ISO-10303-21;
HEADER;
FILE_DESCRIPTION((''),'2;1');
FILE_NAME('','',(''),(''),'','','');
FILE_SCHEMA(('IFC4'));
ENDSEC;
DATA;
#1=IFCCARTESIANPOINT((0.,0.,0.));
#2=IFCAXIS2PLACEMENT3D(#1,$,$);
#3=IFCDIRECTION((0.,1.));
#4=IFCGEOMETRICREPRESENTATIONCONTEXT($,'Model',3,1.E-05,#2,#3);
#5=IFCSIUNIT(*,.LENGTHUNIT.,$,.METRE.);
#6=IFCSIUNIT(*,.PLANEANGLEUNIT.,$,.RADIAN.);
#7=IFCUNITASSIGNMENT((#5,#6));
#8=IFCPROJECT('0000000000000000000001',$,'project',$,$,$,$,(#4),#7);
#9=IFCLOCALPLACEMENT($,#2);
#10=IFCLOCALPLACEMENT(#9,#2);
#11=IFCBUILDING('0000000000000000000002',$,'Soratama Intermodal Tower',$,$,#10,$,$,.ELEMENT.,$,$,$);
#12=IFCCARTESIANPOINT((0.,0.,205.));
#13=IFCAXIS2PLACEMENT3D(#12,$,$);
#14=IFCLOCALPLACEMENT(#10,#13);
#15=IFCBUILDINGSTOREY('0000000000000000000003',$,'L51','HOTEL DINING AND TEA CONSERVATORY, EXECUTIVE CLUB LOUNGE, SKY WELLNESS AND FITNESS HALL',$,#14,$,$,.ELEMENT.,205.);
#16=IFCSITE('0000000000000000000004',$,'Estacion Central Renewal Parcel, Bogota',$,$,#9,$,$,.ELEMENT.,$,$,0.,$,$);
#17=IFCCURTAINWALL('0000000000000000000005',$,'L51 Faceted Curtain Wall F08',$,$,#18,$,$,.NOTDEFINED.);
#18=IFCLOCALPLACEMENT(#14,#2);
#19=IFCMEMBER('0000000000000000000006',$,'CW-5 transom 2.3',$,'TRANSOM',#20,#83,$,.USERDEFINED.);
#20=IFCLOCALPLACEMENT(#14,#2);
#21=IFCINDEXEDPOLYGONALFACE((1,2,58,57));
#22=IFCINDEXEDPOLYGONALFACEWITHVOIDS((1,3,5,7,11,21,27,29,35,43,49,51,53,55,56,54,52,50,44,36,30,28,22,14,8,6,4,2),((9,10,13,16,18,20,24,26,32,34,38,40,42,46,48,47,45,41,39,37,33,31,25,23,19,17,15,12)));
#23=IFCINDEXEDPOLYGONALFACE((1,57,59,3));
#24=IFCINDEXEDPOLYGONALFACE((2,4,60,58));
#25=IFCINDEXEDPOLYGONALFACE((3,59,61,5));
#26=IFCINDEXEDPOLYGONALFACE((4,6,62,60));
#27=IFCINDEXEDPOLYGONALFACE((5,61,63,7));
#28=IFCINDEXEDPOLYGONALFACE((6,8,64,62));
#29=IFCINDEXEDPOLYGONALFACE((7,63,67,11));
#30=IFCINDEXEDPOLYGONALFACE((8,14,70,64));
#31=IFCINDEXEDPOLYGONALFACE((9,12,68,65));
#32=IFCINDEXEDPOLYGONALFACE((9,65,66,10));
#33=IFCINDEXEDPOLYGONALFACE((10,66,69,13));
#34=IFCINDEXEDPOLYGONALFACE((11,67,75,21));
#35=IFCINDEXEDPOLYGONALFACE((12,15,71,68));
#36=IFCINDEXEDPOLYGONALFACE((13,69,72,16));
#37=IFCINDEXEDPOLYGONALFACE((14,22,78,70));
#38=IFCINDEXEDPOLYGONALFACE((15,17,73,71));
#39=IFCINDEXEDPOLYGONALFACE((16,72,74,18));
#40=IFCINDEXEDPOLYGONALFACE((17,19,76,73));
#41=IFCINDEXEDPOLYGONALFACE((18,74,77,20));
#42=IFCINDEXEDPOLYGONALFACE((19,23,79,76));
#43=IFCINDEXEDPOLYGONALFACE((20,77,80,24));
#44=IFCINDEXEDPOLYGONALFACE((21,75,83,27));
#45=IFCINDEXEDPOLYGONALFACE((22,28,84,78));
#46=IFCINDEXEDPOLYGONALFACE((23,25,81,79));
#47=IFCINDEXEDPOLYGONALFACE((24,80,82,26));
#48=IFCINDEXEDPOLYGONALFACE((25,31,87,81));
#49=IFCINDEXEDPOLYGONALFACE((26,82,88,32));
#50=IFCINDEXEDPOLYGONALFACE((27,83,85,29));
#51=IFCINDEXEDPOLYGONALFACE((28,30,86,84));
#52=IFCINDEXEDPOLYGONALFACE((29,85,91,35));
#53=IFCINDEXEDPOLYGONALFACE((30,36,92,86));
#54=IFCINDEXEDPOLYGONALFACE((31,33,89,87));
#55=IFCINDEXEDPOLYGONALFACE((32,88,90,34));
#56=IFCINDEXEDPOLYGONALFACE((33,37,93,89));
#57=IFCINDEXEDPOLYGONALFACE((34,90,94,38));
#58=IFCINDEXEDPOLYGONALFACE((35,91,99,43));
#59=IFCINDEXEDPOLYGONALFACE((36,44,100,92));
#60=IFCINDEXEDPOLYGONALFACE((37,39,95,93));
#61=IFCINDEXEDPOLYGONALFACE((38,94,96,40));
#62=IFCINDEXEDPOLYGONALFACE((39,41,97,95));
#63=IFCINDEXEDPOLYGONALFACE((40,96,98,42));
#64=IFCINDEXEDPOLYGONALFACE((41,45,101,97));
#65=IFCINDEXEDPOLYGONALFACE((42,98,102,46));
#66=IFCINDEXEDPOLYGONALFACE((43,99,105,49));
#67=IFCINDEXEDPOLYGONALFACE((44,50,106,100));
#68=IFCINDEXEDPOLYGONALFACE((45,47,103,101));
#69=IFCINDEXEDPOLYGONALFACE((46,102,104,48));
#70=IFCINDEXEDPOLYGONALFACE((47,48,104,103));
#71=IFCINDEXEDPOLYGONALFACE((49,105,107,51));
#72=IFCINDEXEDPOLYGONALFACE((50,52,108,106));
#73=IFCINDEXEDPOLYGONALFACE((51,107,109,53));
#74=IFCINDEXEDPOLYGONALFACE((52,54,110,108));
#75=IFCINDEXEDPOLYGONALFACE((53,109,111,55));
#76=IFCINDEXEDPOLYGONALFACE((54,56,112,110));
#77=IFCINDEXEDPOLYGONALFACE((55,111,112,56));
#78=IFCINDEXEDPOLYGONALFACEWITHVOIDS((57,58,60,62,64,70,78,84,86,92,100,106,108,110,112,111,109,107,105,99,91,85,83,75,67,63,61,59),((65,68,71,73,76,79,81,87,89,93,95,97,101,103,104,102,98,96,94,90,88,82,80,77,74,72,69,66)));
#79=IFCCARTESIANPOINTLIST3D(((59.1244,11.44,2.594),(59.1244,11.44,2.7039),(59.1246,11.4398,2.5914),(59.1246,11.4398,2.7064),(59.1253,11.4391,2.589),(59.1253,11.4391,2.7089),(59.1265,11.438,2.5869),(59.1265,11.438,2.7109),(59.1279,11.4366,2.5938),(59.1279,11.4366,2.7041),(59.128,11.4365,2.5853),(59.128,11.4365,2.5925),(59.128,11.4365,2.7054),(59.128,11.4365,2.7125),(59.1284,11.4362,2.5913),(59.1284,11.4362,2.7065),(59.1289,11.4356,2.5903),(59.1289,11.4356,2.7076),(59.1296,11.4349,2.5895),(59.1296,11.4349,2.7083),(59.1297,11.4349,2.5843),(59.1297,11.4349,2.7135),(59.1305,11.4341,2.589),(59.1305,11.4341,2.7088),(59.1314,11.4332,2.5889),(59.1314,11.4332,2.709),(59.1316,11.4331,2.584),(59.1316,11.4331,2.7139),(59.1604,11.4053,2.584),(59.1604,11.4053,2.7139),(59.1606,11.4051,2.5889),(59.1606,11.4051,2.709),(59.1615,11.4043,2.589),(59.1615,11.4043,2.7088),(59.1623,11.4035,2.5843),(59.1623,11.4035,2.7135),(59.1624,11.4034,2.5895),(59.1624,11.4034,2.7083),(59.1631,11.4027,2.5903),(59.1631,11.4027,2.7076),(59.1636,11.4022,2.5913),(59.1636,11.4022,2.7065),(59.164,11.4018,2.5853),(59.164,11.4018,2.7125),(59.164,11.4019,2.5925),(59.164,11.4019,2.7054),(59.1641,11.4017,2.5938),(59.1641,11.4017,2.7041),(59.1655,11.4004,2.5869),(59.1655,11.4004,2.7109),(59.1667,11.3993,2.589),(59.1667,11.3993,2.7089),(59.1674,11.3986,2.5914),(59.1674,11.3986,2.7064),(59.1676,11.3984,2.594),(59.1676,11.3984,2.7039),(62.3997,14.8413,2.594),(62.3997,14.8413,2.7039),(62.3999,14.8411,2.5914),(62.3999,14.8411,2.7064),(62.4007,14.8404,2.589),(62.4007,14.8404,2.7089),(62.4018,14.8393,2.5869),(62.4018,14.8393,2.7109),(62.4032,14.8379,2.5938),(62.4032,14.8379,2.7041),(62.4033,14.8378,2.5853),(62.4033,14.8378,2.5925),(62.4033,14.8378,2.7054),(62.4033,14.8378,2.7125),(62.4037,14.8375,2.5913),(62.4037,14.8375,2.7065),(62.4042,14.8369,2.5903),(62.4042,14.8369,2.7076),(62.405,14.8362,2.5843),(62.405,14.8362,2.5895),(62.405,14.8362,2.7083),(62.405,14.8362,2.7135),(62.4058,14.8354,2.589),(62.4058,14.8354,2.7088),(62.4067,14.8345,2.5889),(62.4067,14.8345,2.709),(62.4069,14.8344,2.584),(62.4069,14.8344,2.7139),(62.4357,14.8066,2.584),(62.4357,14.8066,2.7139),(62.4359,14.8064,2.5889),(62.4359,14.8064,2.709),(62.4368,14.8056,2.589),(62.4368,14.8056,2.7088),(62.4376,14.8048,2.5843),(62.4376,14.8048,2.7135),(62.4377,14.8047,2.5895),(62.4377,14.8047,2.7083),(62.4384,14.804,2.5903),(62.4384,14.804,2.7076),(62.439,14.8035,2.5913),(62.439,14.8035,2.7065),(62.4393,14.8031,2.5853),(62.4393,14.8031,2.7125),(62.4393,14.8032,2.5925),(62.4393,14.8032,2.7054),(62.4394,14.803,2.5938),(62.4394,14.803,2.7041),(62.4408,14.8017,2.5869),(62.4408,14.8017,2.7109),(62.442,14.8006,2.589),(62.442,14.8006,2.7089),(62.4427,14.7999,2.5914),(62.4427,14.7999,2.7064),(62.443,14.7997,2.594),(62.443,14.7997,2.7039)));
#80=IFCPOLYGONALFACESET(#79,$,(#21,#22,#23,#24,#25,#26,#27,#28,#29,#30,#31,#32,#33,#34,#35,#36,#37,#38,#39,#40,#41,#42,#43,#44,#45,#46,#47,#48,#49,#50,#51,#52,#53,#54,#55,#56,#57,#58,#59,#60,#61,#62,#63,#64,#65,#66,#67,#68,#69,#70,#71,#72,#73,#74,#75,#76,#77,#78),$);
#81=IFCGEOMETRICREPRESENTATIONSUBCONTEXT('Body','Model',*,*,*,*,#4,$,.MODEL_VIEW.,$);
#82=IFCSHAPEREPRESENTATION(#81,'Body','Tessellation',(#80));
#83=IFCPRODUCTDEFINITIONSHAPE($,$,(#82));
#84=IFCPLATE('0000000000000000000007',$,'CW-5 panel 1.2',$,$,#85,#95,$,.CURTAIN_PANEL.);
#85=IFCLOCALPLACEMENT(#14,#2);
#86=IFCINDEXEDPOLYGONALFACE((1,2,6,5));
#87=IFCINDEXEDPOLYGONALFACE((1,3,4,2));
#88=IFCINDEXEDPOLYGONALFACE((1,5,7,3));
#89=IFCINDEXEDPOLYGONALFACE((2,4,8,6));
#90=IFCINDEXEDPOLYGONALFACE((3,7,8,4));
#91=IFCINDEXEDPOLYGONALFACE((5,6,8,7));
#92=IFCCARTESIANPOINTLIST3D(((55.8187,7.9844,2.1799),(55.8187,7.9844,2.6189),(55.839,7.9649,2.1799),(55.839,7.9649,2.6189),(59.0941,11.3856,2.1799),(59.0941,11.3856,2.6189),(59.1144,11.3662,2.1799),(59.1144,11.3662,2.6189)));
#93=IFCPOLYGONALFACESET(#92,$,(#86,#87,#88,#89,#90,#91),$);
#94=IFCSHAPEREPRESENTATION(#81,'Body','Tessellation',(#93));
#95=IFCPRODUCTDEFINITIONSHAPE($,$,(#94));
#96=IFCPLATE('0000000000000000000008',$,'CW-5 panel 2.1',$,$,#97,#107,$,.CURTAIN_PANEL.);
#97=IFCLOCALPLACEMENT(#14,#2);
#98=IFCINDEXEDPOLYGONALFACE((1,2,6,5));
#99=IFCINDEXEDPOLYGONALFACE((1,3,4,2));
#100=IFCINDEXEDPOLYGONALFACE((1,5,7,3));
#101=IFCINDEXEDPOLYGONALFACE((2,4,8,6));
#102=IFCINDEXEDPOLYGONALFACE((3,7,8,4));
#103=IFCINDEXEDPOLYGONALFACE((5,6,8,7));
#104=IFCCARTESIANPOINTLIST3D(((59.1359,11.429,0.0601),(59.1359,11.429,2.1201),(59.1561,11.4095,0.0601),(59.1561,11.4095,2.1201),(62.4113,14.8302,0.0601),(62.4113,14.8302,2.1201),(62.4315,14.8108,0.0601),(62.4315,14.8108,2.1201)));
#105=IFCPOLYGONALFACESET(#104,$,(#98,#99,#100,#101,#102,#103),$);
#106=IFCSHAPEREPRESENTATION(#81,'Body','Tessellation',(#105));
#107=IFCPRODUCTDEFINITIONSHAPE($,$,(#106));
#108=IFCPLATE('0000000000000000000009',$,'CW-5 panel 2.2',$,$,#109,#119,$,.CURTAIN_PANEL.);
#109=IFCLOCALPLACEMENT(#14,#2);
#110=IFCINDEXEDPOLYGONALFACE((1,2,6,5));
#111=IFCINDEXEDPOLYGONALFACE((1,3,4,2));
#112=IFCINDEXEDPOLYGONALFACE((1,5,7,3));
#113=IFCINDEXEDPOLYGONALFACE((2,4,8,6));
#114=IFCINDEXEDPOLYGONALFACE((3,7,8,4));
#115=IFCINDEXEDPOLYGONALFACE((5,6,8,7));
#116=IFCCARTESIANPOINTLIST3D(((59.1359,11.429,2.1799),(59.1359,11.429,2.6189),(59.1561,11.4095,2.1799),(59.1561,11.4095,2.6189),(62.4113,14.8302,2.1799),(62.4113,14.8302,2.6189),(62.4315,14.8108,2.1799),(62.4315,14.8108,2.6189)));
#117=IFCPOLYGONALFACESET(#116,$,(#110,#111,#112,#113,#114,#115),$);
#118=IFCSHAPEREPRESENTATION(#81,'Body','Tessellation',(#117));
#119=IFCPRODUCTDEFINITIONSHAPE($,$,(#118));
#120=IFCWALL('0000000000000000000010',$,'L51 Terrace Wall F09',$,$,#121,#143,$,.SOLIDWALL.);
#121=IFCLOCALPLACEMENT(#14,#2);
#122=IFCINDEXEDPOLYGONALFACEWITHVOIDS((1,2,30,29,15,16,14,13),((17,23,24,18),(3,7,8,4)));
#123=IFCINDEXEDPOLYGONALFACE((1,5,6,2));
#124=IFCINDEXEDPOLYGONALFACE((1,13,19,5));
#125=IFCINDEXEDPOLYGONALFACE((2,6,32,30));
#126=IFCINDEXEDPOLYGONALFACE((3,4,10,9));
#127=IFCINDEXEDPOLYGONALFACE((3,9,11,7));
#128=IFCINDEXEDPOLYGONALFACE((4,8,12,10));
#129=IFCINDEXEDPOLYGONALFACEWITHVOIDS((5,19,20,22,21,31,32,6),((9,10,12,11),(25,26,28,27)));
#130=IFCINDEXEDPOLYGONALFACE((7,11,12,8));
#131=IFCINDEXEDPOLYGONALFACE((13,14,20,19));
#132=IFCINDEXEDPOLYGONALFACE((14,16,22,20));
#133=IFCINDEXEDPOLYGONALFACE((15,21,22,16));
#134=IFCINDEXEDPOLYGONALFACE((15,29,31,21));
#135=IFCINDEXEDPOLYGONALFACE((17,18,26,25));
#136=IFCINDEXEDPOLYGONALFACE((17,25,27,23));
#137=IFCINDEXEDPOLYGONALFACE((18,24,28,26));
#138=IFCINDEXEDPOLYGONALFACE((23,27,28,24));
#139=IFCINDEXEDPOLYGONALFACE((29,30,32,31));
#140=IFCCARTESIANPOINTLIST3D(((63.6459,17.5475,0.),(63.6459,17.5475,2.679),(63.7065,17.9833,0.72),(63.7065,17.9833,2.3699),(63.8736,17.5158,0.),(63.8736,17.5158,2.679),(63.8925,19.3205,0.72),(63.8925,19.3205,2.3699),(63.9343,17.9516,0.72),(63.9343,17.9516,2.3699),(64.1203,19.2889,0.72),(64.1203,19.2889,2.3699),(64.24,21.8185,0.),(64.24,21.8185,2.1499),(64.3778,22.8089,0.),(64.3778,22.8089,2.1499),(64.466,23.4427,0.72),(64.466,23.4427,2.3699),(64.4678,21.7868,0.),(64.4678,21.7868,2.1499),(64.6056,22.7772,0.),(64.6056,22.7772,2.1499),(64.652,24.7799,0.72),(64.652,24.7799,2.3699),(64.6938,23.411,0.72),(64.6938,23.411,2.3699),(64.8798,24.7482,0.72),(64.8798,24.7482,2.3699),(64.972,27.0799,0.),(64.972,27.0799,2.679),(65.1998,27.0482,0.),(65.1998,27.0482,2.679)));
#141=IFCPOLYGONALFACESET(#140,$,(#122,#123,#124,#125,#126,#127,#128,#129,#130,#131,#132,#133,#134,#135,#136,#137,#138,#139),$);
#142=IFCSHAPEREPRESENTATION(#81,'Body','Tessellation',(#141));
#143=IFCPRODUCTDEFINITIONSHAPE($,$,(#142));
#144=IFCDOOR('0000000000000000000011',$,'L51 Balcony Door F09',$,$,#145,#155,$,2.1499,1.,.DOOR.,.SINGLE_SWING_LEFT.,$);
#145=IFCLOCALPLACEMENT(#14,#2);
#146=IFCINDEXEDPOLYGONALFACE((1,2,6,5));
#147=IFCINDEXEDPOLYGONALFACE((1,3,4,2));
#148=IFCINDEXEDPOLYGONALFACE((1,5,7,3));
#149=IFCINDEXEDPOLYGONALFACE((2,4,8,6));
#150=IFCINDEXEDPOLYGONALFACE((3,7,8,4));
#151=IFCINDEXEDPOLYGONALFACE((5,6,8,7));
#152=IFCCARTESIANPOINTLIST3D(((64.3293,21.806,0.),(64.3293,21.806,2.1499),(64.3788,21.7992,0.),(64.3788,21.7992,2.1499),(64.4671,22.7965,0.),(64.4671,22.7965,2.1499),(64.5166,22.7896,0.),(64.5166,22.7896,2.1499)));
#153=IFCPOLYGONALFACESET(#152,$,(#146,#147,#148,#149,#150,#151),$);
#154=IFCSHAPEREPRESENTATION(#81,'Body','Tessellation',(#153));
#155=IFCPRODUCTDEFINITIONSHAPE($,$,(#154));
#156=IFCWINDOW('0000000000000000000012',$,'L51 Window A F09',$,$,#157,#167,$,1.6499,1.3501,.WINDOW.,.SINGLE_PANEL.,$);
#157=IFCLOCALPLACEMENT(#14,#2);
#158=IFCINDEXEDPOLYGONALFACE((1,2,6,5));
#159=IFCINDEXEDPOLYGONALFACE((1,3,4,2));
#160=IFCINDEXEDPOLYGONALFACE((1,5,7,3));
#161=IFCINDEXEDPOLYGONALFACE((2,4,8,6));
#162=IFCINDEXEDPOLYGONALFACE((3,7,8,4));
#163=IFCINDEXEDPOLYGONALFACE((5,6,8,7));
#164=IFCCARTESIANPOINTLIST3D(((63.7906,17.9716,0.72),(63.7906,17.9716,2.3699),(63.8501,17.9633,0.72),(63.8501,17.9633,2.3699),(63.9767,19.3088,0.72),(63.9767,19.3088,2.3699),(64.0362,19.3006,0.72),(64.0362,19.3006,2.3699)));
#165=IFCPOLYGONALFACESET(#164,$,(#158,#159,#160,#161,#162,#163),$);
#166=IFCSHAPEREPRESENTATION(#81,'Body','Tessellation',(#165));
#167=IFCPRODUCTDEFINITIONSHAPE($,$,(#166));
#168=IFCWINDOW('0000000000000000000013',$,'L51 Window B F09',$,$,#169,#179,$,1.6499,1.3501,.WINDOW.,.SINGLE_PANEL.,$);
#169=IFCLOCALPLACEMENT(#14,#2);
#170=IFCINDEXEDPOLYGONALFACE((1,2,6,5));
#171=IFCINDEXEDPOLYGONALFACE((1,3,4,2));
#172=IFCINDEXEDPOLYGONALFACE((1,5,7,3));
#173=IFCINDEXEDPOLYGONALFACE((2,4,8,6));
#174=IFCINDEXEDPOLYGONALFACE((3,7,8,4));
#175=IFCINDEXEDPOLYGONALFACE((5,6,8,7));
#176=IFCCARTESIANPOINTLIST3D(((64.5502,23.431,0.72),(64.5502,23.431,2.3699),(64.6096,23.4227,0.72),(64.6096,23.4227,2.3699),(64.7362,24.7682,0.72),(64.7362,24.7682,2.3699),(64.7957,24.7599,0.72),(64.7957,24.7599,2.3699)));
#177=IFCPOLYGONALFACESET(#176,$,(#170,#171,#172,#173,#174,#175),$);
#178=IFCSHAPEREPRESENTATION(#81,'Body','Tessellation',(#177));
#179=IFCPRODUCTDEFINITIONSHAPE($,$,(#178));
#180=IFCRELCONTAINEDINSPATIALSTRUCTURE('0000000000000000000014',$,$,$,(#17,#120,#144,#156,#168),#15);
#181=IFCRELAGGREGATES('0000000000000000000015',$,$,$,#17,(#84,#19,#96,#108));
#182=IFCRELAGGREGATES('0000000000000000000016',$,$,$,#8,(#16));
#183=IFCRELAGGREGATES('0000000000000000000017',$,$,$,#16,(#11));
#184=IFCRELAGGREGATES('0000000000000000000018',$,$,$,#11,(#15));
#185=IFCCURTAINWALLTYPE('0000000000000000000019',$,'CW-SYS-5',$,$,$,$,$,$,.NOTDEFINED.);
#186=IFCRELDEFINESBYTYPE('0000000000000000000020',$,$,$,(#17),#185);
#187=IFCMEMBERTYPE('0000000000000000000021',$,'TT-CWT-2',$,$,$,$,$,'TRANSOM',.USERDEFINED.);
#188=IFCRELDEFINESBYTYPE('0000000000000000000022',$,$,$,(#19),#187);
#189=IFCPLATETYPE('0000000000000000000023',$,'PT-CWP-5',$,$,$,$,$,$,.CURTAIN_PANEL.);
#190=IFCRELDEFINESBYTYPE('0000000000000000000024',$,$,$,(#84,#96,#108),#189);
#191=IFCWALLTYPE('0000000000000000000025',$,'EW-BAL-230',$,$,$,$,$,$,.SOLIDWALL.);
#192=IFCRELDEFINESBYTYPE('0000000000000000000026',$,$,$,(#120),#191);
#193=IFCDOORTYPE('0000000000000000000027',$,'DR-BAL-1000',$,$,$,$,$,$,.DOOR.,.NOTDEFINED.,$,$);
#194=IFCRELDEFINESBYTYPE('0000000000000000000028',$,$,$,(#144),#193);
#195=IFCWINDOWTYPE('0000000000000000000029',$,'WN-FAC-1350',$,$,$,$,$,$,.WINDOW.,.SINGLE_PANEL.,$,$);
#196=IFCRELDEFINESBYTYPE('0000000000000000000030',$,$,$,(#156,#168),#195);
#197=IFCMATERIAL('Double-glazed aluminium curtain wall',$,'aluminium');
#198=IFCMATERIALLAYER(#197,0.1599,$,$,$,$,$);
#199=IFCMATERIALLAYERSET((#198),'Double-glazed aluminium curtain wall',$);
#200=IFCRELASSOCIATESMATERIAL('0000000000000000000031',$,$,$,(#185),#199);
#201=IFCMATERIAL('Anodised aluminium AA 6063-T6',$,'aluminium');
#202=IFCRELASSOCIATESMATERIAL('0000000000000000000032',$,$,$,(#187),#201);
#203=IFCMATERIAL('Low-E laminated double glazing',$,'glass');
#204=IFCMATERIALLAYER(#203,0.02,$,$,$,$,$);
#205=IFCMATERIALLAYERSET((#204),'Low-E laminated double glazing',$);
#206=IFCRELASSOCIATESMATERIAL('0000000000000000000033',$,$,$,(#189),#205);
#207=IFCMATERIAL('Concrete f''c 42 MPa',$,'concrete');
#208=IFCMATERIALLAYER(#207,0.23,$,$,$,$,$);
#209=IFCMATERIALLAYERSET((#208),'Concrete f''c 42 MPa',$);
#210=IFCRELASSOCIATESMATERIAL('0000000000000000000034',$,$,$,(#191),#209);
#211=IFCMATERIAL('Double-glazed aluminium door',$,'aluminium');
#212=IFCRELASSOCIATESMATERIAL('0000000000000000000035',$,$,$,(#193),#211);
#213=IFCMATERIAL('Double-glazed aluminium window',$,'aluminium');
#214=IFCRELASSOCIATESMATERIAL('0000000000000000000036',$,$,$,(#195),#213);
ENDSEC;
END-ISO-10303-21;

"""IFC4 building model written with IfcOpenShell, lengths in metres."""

from ifc_helpers import new_model, si_unit, direction, frame, frame_2d, origin, origin_2d, place, context, subcontext, project, spatial, rectangle, hollow_rectangle, extrude, material, layer, layer_set, material_profile, profile_set, type_object, element, fill, aggregate, save


model = new_model("IFC4")

# Units and contexts
model_context = context("Model", 3, precision=1e-05, world=origin(), true_north=direction((0.0, 1.0)))
body_context = subcontext(model_context, "Body", "Model", "MODEL_VIEW")
ifc_project = project(units=[si_unit("LENGTHUNIT", "METRE"), si_unit("PLANEANGLEUNIT", "RADIAN")], contexts=[model_context])

# Site, building, storey
site_placement = place(None, origin())
site = spatial("IfcSite", under=ifc_project, at=site_placement, Name="Estacion Central Renewal Parcel, Bogota", CompositionType="ELEMENT", RefElevation=0.0)
building_placement = place(site_placement, origin())
building = spatial("IfcBuilding", under=site, at=building_placement, Name="Soratama Intermodal Tower", CompositionType="ELEMENT")
storey_placement = place(building_placement, frame((0.0, 0.0, 205.0)))
storey = spatial("IfcBuildingStorey", under=building, at=storey_placement, Name="L51", Description="HOTEL DINING AND TEA CONSERVATORY, EXECUTIVE CLUB LOUNGE, SKY WELLNESS AND FITNESS HALL", CompositionType="ELEMENT", Elevation=205.0)

# Curtain wall, member, plates
ifc_material_1 = material(Name="Double-glazed aluminium curtain wall", Category="aluminium")
ifc_layer_1 = layer(ifc_material_1, 0.1599)
ifc_layer_set_1 = layer_set([ifc_layer_1], Name="Double-glazed aluminium curtain wall")
curtain_wall_type = type_object("IfcCurtainWallType", Name="CW-SYS-5", PredefinedType="NOTDEFINED", material=ifc_layer_set_1)
curtain_wall_placement = place(storey_placement, origin())
curtain_wall = element("IfcCurtainWall", 1, at=curtain_wall_placement, inside=storey, type_object=curtain_wall_type, Name="L51 Faceted Curtain Wall F08", PredefinedType="NOTDEFINED")
ifc_material_2 = material(Name="Anodised aluminium AA 6063-T6", Category="aluminium")
ifc_material_profile_1 = material_profile(ifc_material_2, hollow_rectangle(XDim=0.0601, YDim=0.1299, WallThickness=0.0049, InnerFilletRadius=0.0049, OuterFilletRadius=0.01, at=origin_2d()), Name="CWT130X60X5")
ifc_profile_set_1 = profile_set([ifc_material_profile_1], Name="Anodised aluminium AA 6063-T6")
member_type_1 = type_object("IfcMemberType", Name="TT-CWT-2", ElementType="TRANSOM", PredefinedType="USERDEFINED", material=ifc_profile_set_1)
member_1_placement = place(storey_placement, frame((59.146, 11.4192, 2.6489), z_axis=(0.693642, 0.72032, 0.0), x_axis=(-0.72032, 0.693642, 0.0)))
member_1 = element("IfcMember", 2, at=member_1_placement, type_object=member_type_1, Name="CW-5 transom 2.3", ObjectType="TRANSOM", PredefinedType="USERDEFINED", context=body_context, shape_type="SweptSolid", body=[
    extrude(hollow_rectangle(XDim=0.0601, YDim=0.1299, WallThickness=0.0049, InnerFilletRadius=0.0049, OuterFilletRadius=0.01, at=origin_2d()), origin(), (0.0, 0.0, 1.0), 4.7219),
])
ifc_material_3 = material(Name="Low-E laminated double glazing", Category="glass")
ifc_layer_2 = layer(ifc_material_3, 0.02)
ifc_layer_set_2 = layer_set([ifc_layer_2], Name="Low-E laminated double glazing")
plate_type = type_object("IfcPlateType", Name="PT-CWP-5", PredefinedType="CURTAIN_PANEL", material=ifc_layer_set_2)
plate_1_placement = place(storey_placement, frame((57.4666, 9.6753, 2.1799), z_axis=(0.0, 0.0, 1.0), x_axis=(0.693655, 0.720307, 0.0)))
plate_1 = element("IfcPlate", 3, at=plate_1_placement, type_object=plate_type, Name="CW-5 panel 1.2", PredefinedType="CURTAIN_PANEL", context=body_context, shape_type="SweptSolid", body=[
    extrude(rectangle(XDim=4.7219, YDim=0.0281, at=origin_2d()), origin(), (0.0, 0.0, 1.0), 0.439),
])
plate_2_placement = place(storey_placement, frame((60.7837, 13.1199, 0.0601), z_axis=(0.0, 0.0, 1.0), x_axis=(0.693655, 0.720307, 0.0)))
plate_2 = element("IfcPlate", 4, at=plate_2_placement, type_object=plate_type, Name="CW-5 panel 2.1", PredefinedType="CURTAIN_PANEL", context=body_context, shape_type="SweptSolid", body=[
    extrude(rectangle(XDim=4.7219, YDim=0.0281, at=origin_2d()), origin(), (0.0, 0.0, 1.0), 2.0601),
])
plate_3_placement = place(storey_placement, frame((60.7837, 13.1199, 2.1799), z_axis=(0.0, 0.0, 1.0), x_axis=(0.693655, 0.720307, 0.0)))
plate_3 = element("IfcPlate", 5, at=plate_3_placement, type_object=plate_type, Name="CW-5 panel 2.2", PredefinedType="CURTAIN_PANEL", context=body_context, shape_type="SweptSolid", body=[
    extrude(rectangle(XDim=4.7219, YDim=0.0281, at=origin_2d()), origin(), (0.0, 0.0, 1.0), 0.439),
])
aggregate(curtain_wall, [plate_1, member_1, plate_2, plate_3])

# Wall, openings, door, windows
ifc_material_4 = material(Name="Concrete f'c 42 MPa", Category="concrete")
ifc_layer_3 = layer(ifc_material_4, 0.23)
ifc_layer_set_3 = layer_set([ifc_layer_3], Name="Concrete f'c 42 MPa")
wall_type_1 = type_object("IfcWallType", Name="EW-BAL-230", PredefinedType="SOLIDWALL", material=ifc_layer_set_3)
wall_1_placement = place(storey_placement, frame((63.7598, 17.5317, 0.0), z_axis=(0.0, 0.0, 1.0), x_axis=(0.137794, 0.990461, 0.0)))
wall_1 = element("IfcWall", 6, at=wall_1_placement, inside=storey, type_object=wall_type_1, Name="L51 Terrace Wall F09", PredefinedType="SOLIDWALL", context=body_context, shape_type="SweptSolid", body=[
    extrude(rectangle(XDim=9.6243, YDim=0.23, at=frame_2d((4.812, 0.0))), origin(), (0.0, 0.0, 1.0), 2.679),
])
opening_1_placement = place(wall_1_placement, frame((4.312, 0.0, 0.0)))
opening_1 = element("IfcOpeningElement", 7, at=opening_1_placement, cuts=wall_1, PredefinedType="OPENING", context=body_context, shape_type="SweptSolid", body=[
    extrude(rectangle(XDim=1.0, YDim=2.1499, at=frame_2d((0.5, 1.075))), frame((0.0, 0.125, 0.0), z_axis=(0.0, -1.0, 0.0), x_axis=(1.0, 0.0, 0.0)), (0.0, 0.0, 1.0), 0.25),
])
opening_2_placement = place(wall_1_placement, frame((0.4399, 0.0, 0.72)))
opening_2 = element("IfcOpeningElement", 8, at=opening_2_placement, cuts=wall_1, PredefinedType="OPENING", context=body_context, shape_type="SweptSolid", body=[
    extrude(rectangle(XDim=1.3501, YDim=1.6499, at=frame_2d((0.675, 0.825))), frame((0.0, 0.125, 0.0), z_axis=(0.0, -1.0, 0.0), x_axis=(1.0, 0.0, 0.0)), (0.0, 0.0, 1.0), 0.25),
])
opening_3_placement = place(wall_1_placement, frame((5.9519, 0.0, 0.72)))
opening_3 = element("IfcOpeningElement", 9, at=opening_3_placement, cuts=wall_1, PredefinedType="OPENING", context=body_context, shape_type="SweptSolid", body=[
    extrude(rectangle(XDim=1.3501, YDim=1.6499, at=frame_2d((0.675, 0.825))), frame((0.0, 0.125, 0.0), z_axis=(0.0, -1.0, 0.0), x_axis=(1.0, 0.0, 0.0)), (0.0, 0.0, 1.0), 0.25),
])
ifc_material_5 = material(Name="Double-glazed aluminium door", Category="aluminium")
door_type = type_object("IfcDoorType", Name="DR-BAL-1000", OperationType="NOTDEFINED", PredefinedType="DOOR", material=ifc_material_5)
door_placement = place(opening_1_placement, origin())
door = element("IfcDoor", 10, at=door_placement, inside=storey, type_object=door_type, Name="L51 Balcony Door F09", OperationType="SINGLE_SWING_LEFT", OverallHeight=2.1499, OverallWidth=1.0, PredefinedType="DOOR", context=body_context, shape_type="SweptSolid", body=[
    extrude(rectangle(XDim=1.0, YDim=2.1499, at=frame_2d((0.5, 1.075))), frame((0.0, 0.0249, 0.0), z_axis=(0.0, -1.0, 0.0), x_axis=(1.0, 0.0, 0.0)), (0.0, 0.0, 1.0), 0.05),
])
fill(opening_1, door)
ifc_material_6 = material(Name="Double-glazed aluminium window", Category="aluminium")
window_type_1 = type_object("IfcWindowType", Name="WN-FAC-1350", PartitioningType="SINGLE_PANEL", PredefinedType="WINDOW", material=ifc_material_6)
window_1_placement = place(opening_2_placement, origin())
window_1 = element("IfcWindow", 11, at=window_1_placement, inside=storey, type_object=window_type_1, Name="L51 Window A F09", OverallHeight=1.6499, OverallWidth=1.3501, PartitioningType="SINGLE_PANEL", PredefinedType="WINDOW", context=body_context, shape_type="SweptSolid", body=[
    extrude(rectangle(XDim=1.3501, YDim=1.6499, at=frame_2d((0.675, 0.825))), frame((0.0, 0.03, 0.0), z_axis=(0.0, -1.0, 0.0), x_axis=(1.0, 0.0, 0.0)), (0.0, 0.0, 1.0), 0.0601),
])
fill(opening_2, window_1)
window_2_placement = place(opening_3_placement, origin())
window_2 = element("IfcWindow", 12, at=window_2_placement, inside=storey, type_object=window_type_1, Name="L51 Window B F09", OverallHeight=1.6499, OverallWidth=1.3501, PartitioningType="SINGLE_PANEL", PredefinedType="WINDOW", context=body_context, shape_type="SweptSolid", body=[
    extrude(rectangle(XDim=1.3501, YDim=1.6499, at=frame_2d((0.675, 0.825))), frame((0.0, 0.03, 0.0), z_axis=(0.0, -1.0, 0.0), x_axis=(1.0, 0.0, 0.0)), (0.0, 0.0, 1.0), 0.0601),
])
fill(opening_3, window_2)

save(model, "model.ifc")
